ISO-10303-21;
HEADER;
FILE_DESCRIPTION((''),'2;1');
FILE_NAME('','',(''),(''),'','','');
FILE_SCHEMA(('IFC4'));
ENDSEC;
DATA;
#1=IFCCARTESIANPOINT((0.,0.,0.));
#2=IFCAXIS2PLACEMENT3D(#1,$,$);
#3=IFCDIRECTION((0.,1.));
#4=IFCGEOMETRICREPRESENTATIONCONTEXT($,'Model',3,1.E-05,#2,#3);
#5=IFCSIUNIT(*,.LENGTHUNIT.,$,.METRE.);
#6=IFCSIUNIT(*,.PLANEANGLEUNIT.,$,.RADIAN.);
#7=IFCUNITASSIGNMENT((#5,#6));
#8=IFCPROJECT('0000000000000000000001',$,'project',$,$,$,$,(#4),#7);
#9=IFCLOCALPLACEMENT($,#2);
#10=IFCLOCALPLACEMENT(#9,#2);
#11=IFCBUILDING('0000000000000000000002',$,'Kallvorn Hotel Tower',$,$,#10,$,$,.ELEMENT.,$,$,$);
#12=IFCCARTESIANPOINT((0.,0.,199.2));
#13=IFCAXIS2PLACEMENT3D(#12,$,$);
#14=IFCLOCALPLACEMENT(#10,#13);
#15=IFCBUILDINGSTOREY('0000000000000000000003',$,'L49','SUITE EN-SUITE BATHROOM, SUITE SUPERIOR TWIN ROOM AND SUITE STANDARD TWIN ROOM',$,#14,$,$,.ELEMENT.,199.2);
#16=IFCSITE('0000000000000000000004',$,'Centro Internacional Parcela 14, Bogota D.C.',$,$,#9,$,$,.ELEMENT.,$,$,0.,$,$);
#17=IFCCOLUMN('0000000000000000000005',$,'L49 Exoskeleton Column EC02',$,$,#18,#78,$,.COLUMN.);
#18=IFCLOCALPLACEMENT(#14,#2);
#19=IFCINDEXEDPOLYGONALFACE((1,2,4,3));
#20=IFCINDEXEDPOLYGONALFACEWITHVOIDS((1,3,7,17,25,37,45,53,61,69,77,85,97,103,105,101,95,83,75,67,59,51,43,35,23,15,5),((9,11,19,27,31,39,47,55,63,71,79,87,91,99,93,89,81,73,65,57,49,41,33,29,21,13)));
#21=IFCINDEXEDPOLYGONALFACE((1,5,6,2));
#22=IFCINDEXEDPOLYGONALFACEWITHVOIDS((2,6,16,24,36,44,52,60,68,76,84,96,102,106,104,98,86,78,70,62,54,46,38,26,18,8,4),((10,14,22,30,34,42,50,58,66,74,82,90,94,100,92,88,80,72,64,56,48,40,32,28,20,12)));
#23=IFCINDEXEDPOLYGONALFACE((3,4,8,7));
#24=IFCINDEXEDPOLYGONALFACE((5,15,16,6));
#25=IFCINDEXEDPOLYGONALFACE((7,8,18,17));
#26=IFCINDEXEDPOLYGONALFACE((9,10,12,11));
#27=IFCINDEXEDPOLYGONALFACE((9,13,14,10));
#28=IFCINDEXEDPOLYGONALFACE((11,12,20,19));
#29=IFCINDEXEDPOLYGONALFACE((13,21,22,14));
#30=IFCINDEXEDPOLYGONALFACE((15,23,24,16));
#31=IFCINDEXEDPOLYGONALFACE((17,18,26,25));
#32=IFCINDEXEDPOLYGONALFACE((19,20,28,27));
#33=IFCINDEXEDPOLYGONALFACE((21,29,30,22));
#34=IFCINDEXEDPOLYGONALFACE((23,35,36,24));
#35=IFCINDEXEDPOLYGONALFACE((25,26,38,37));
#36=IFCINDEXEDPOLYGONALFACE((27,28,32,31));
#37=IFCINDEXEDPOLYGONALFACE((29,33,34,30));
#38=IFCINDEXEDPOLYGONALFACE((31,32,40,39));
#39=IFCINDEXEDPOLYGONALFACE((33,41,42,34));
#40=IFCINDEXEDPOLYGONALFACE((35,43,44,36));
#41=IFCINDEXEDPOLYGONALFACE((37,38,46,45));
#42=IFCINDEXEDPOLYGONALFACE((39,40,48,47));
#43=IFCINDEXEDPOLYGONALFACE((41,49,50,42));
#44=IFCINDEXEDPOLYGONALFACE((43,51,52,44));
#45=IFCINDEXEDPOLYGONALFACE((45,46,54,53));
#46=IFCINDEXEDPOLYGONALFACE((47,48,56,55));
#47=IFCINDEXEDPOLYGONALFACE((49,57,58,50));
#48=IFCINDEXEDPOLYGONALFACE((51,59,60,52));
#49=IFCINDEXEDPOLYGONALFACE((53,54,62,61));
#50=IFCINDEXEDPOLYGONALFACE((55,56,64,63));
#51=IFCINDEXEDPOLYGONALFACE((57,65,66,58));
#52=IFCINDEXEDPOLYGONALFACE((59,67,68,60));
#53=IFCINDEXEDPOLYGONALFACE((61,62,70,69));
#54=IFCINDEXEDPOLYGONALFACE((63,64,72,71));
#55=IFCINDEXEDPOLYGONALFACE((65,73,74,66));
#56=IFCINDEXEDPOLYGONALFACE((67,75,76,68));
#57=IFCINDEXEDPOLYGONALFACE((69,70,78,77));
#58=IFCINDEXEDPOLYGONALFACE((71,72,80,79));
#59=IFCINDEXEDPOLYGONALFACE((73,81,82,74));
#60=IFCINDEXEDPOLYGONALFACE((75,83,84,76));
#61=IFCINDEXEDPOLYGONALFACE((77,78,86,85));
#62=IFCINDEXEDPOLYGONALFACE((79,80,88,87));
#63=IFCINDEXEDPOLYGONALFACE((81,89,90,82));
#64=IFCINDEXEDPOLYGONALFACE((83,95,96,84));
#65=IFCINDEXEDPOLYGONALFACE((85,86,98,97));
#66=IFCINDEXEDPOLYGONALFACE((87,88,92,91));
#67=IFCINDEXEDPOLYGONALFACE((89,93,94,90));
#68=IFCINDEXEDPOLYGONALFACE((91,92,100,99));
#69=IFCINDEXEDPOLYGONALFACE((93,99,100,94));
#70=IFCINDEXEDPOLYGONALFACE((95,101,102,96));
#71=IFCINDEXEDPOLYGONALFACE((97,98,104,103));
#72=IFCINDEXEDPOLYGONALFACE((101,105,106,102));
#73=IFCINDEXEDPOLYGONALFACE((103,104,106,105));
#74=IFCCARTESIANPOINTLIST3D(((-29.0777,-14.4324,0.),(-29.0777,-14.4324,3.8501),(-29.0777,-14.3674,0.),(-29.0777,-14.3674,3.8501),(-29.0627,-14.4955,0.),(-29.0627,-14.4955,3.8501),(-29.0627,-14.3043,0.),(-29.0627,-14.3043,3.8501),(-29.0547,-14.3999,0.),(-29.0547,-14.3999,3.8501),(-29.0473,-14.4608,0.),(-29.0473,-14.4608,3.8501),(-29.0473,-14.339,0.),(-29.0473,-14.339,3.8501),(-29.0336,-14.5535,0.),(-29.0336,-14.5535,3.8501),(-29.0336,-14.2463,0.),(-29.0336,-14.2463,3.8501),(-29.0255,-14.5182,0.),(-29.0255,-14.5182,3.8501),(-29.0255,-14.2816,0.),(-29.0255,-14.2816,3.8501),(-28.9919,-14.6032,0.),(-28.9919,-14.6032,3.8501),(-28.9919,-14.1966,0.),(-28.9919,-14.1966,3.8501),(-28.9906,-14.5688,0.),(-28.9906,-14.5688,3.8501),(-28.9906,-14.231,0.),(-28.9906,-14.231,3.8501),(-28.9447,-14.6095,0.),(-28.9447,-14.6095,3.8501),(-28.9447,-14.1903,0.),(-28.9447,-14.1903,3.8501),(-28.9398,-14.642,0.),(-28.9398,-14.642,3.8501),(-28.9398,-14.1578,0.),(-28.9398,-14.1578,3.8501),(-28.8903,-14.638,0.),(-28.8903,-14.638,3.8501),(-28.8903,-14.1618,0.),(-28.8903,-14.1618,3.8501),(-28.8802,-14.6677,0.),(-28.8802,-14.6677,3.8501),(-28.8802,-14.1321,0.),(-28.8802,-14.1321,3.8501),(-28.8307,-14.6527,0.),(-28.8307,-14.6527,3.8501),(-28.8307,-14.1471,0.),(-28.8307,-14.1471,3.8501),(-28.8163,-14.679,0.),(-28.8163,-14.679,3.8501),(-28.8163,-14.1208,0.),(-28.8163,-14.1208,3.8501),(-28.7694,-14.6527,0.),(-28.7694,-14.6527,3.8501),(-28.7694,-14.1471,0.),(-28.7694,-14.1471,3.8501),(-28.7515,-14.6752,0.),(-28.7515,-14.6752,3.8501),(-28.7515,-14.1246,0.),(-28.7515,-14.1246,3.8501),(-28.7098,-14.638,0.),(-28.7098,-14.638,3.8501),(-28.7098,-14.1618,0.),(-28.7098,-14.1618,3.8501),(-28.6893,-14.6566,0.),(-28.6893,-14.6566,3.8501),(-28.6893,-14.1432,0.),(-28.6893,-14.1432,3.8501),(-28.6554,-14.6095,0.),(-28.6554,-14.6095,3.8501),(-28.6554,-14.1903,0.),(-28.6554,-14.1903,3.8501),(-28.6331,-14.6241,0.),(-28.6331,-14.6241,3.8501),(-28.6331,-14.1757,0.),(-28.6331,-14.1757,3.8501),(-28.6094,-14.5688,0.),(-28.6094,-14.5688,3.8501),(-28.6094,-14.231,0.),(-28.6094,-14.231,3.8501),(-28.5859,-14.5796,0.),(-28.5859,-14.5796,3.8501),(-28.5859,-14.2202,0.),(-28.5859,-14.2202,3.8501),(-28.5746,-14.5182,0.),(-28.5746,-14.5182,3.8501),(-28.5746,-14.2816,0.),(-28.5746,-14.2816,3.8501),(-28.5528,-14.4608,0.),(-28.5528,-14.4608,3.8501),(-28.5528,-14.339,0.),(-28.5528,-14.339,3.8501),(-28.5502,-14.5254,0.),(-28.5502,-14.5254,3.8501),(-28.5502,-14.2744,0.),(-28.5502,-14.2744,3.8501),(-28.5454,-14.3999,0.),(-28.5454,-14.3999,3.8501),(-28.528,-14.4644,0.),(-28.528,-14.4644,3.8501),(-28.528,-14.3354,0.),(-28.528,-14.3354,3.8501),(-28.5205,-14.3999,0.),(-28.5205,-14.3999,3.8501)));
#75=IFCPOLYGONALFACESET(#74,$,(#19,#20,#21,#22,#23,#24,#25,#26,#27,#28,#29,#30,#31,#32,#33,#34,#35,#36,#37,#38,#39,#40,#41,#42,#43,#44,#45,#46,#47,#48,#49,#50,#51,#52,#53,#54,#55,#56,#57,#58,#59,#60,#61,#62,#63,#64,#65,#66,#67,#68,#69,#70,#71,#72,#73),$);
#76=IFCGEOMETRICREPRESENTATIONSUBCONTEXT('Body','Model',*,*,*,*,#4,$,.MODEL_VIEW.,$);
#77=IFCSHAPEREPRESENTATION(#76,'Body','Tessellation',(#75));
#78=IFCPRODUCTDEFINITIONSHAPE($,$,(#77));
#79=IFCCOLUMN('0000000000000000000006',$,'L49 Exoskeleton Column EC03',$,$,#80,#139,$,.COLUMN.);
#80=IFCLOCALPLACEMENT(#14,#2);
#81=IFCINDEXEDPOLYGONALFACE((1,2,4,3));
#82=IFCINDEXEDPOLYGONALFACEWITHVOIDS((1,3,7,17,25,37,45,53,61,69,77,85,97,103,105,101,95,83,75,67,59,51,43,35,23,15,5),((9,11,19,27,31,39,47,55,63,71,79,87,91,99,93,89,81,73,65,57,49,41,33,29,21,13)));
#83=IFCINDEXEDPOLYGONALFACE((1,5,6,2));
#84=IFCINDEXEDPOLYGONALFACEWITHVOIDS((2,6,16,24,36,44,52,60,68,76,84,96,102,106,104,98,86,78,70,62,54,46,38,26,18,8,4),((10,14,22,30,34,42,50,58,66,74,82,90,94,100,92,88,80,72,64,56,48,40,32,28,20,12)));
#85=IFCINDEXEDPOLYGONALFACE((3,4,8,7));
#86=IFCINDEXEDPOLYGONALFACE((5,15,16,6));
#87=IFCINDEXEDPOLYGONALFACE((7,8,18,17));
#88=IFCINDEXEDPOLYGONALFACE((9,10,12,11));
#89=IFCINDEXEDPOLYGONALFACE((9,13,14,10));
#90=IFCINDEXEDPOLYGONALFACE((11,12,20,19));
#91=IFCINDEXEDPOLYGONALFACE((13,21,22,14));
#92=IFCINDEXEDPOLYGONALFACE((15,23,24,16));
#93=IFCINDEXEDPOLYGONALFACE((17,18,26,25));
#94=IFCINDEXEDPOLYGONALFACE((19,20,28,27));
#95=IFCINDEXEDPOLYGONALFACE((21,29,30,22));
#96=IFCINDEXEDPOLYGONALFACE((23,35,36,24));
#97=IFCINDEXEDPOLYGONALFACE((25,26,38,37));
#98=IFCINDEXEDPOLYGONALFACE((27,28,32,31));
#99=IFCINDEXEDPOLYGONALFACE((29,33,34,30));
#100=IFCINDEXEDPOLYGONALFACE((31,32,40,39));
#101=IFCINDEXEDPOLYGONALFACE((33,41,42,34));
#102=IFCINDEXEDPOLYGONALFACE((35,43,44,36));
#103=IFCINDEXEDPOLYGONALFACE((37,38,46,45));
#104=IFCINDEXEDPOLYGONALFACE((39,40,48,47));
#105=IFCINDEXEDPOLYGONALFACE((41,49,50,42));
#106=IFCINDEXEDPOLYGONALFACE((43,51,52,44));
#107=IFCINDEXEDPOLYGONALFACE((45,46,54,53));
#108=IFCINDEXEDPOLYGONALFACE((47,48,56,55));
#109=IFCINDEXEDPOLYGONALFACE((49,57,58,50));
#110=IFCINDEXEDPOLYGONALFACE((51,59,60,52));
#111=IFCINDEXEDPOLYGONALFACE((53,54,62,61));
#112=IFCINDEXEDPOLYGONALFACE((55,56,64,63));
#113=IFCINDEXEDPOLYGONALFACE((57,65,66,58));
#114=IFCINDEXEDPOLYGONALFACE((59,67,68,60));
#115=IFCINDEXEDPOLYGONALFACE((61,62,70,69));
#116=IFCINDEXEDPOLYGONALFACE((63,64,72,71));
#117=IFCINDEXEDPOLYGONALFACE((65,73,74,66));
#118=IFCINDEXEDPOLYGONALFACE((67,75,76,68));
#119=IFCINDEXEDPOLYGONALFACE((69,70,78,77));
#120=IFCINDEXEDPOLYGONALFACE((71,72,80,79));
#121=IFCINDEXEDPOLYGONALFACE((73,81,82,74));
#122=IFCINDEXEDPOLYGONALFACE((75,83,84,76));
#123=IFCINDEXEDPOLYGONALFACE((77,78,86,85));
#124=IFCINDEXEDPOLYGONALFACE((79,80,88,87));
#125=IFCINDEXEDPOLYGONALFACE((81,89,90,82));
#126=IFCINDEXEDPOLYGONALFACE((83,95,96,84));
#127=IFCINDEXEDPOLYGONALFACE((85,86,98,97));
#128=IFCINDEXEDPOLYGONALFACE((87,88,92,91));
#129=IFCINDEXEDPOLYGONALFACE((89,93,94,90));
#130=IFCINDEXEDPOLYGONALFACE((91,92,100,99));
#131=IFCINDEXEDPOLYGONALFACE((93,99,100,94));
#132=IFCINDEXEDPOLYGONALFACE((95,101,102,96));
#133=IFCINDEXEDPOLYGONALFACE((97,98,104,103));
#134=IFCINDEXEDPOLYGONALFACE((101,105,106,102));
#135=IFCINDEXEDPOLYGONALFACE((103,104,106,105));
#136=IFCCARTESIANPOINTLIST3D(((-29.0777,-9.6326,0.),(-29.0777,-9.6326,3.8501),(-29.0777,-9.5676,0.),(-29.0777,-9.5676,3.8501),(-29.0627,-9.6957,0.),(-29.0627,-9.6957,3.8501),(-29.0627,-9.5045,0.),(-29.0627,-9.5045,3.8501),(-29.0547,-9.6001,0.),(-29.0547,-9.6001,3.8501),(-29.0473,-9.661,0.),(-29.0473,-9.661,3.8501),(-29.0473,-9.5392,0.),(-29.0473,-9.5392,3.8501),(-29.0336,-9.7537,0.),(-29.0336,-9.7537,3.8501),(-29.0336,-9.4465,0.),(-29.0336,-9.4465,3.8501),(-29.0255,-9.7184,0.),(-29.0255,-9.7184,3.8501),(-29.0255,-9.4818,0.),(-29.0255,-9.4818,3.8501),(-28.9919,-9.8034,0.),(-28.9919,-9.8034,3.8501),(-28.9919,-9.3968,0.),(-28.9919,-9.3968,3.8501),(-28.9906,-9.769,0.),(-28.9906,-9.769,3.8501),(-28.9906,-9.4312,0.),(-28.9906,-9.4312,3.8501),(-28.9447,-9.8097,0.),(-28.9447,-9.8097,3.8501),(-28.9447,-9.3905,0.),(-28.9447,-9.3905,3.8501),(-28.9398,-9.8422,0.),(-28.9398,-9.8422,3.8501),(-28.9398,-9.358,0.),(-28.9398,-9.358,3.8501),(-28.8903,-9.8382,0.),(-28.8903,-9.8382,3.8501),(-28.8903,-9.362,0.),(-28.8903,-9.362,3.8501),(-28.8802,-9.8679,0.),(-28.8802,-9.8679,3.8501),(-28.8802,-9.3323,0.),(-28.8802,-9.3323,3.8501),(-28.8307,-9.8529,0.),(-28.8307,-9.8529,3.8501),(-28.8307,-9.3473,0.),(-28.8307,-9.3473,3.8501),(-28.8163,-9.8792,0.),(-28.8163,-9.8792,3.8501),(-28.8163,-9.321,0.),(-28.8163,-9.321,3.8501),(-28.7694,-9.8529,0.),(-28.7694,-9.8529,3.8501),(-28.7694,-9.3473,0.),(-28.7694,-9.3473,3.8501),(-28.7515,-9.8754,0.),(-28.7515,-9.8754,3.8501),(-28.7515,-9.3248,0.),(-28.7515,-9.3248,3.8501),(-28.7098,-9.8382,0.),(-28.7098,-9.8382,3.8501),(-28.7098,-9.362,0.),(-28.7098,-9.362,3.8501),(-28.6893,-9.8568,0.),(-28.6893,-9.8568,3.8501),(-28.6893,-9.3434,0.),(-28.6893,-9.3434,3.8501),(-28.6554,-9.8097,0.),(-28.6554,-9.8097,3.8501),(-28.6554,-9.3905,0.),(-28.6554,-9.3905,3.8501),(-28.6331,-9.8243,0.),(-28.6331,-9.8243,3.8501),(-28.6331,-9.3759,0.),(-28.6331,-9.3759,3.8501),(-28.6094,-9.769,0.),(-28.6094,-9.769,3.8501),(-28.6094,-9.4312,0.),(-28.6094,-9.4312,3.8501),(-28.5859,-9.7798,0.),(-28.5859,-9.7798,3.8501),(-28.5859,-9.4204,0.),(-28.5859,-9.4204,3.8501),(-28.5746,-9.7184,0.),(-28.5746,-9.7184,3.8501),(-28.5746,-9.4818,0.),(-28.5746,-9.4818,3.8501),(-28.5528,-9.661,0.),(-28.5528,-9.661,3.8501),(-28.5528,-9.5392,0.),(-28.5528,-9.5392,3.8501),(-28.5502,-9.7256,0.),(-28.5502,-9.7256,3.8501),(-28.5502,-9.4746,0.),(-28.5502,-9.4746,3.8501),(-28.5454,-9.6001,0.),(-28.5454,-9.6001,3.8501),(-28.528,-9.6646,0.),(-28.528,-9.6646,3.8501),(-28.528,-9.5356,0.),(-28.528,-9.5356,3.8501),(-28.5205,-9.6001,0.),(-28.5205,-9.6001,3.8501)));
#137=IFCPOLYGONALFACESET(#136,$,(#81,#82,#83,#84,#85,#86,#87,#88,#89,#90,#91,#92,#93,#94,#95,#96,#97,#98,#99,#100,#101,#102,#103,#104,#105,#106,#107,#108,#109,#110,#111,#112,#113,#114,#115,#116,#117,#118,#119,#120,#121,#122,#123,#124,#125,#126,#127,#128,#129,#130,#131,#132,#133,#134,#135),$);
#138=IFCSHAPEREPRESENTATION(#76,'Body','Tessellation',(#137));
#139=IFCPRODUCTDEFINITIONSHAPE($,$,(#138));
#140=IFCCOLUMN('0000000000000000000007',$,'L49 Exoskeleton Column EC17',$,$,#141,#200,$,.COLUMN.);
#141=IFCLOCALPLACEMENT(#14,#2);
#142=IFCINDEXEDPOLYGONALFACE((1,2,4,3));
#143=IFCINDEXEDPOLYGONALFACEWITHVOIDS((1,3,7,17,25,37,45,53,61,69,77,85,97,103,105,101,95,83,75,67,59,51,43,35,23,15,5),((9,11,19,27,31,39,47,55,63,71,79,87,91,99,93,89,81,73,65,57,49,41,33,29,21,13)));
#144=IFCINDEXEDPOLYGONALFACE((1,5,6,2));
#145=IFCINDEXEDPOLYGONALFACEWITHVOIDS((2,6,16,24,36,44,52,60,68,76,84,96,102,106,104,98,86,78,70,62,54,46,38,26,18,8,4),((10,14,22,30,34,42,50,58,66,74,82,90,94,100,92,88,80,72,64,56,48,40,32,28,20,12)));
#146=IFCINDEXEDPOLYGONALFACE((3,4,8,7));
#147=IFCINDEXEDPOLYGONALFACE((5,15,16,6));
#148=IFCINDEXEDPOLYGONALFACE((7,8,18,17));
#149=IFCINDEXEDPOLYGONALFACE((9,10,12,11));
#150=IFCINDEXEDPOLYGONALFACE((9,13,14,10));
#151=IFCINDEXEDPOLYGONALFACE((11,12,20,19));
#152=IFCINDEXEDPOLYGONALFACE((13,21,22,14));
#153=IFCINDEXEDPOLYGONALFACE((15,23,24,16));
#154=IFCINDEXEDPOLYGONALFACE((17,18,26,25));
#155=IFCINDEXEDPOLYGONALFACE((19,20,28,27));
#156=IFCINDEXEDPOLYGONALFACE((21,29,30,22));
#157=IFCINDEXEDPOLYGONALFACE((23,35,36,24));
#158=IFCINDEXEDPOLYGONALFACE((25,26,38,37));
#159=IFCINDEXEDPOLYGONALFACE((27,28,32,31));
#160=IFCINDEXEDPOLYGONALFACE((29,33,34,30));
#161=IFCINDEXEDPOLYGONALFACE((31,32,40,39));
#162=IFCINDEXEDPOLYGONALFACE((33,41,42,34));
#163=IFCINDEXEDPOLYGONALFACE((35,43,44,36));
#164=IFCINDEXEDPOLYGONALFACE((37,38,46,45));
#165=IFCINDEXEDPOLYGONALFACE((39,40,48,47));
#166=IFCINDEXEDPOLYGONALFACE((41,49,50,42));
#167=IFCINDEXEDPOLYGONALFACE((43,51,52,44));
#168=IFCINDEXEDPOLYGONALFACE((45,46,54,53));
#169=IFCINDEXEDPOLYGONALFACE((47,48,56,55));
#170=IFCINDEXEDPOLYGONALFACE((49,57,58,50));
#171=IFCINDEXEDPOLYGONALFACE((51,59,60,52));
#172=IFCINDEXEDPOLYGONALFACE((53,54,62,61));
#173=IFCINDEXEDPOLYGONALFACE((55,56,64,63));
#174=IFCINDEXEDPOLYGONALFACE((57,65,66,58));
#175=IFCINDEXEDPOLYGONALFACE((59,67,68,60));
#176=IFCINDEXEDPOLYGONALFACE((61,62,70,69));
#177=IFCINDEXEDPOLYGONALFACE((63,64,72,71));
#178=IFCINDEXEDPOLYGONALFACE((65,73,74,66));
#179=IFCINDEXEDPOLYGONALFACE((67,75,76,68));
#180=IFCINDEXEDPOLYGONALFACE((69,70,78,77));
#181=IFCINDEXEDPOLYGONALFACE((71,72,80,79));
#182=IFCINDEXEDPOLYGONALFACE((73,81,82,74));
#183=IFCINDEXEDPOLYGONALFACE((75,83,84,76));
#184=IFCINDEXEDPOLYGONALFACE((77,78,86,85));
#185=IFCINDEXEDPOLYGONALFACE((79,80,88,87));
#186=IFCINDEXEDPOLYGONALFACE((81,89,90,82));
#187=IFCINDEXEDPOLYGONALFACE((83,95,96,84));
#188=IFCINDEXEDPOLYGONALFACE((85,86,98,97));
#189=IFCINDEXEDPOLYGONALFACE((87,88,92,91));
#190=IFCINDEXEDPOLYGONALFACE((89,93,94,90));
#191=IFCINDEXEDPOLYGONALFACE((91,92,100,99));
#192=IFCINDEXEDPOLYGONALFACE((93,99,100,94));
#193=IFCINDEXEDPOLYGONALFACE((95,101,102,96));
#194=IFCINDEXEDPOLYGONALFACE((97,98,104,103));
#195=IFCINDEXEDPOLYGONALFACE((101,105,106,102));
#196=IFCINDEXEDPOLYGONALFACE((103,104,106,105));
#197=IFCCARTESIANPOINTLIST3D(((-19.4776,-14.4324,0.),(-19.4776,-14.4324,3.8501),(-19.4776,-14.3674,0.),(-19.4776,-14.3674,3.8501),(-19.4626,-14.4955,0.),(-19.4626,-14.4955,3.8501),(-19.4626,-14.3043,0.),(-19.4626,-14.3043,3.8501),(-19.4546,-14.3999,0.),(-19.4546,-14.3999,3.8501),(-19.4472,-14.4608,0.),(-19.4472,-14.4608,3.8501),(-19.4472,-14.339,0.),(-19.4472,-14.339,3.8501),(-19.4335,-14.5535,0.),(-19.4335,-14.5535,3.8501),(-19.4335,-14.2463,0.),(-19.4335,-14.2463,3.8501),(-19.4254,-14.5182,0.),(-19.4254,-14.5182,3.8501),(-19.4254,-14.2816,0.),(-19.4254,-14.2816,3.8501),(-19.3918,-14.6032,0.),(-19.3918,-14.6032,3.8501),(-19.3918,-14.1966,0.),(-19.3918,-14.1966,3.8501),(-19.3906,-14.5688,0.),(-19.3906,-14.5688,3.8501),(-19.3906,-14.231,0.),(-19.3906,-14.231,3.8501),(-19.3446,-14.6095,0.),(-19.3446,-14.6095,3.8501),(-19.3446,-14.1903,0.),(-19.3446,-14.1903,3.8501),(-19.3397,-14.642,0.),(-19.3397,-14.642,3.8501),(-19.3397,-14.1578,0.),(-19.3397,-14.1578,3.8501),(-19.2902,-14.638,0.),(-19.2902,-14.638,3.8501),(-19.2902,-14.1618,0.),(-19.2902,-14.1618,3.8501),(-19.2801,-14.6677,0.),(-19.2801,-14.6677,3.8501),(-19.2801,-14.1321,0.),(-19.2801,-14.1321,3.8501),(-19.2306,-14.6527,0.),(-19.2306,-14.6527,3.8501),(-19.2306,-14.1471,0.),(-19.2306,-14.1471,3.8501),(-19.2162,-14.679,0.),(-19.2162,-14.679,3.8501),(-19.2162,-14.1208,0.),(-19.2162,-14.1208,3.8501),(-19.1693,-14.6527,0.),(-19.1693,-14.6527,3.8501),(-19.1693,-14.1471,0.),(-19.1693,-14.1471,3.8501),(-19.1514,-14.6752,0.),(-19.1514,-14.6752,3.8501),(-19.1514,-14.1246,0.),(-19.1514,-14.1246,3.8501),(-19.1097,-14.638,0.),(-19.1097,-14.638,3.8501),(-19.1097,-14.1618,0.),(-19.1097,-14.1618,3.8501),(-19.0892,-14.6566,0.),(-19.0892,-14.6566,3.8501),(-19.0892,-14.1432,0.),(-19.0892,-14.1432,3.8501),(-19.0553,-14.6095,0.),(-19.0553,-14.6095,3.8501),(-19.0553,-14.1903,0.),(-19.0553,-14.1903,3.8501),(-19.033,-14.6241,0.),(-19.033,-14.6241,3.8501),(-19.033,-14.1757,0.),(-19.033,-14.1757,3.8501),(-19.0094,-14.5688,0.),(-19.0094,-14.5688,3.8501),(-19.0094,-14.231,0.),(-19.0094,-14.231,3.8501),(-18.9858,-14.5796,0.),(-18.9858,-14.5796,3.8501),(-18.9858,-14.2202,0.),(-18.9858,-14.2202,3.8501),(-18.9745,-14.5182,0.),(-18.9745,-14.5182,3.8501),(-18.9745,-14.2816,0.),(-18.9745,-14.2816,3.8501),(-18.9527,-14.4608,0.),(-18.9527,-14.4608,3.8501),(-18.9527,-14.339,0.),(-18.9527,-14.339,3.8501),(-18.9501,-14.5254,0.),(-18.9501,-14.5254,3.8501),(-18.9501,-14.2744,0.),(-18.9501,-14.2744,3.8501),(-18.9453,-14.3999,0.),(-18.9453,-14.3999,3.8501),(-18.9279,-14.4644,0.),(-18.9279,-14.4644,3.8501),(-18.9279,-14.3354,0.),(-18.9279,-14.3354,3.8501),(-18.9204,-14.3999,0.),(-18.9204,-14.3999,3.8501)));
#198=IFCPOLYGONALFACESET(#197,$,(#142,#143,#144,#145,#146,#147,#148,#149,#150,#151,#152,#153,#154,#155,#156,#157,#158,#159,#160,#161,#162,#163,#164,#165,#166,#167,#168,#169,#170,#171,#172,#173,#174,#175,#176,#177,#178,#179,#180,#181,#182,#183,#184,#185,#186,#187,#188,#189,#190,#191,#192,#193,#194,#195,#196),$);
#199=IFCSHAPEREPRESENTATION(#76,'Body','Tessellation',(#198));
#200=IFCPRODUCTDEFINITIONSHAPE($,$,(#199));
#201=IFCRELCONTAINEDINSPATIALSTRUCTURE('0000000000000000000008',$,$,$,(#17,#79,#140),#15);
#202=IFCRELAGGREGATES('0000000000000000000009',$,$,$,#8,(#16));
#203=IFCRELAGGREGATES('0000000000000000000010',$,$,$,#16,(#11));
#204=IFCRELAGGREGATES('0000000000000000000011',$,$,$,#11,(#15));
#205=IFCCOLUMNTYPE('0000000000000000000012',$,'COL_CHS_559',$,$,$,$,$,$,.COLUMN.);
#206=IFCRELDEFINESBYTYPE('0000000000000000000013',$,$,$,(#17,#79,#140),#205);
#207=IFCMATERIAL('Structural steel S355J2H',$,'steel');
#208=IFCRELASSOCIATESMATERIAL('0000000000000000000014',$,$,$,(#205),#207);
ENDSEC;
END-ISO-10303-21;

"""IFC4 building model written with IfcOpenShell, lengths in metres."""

from ifc_helpers import new_model, si_unit, direction, frame, origin, origin_2d, place, context, subcontext, project, spatial, hollow_circle, extrude, material, material_profile, profile_set, type_object, element, save


model = new_model("IFC4")

# Units and contexts
model_context = context("Model", 3, precision=1e-05, world=origin(), true_north=direction((0.0, 1.0)))
body_context = subcontext(model_context, "Body", "Model", "MODEL_VIEW")
ifc_project = project(units=[si_unit("LENGTHUNIT", "METRE"), si_unit("PLANEANGLEUNIT", "RADIAN")], contexts=[model_context])

# Site, building, storey
site_placement = place(None, origin())
site = spatial("IfcSite", under=ifc_project, at=site_placement, Name="Centro Internacional Parcela 14, Bogota D.C.", CompositionType="ELEMENT", RefElevation=0.0)
building_placement = place(site_placement, origin())
building = spatial("IfcBuilding", under=site, at=building_placement, Name="Kallvorn Hotel Tower", CompositionType="ELEMENT")
storey_placement = place(building_placement, frame((0.0, 0.0, 199.2)))
storey = spatial("IfcBuildingStorey", under=building, at=storey_placement, Name="L49", Description="SUITE EN-SUITE BATHROOM, SUITE SUPERIOR TWIN ROOM AND SUITE STANDARD TWIN ROOM", CompositionType="ELEMENT", Elevation=199.2)

# Columns
ifc_material_1 = material(Name="Structural steel S355J2H", Category="steel")
ifc_material_profile_1 = material_profile(ifc_material_1, hollow_circle(Radius=0.2795, WallThickness=0.0249, at=origin_2d()), Name="CHS 559x25")
ifc_profile_set_1 = profile_set([ifc_material_profile_1], Name="Structural steel S355J2H")
column_type_1 = type_object("IfcColumnType", Name="COL_CHS_559", PredefinedType="COLUMN", material=ifc_profile_set_1)
for number, where, z_axis, x_axis, name in (
    (1, (-28.8, -14.3999, 0.0), (0.0, 0.0, 1.0), (1.0, 0.0, 0.0), "L49 Exoskeleton Column EC02"),
    (2, (-28.8, -9.6001, 0.0), (0.0, 0.0, 1.0), (1.0, 0.0, 0.0), "L49 Exoskeleton Column EC03"),
    (3, (-19.2, -14.3999, 0.0), (0.0, 0.0, 1.0), (1.0, 0.0, 0.0), "L49 Exoskeleton Column EC17"),
):
    element("IfcColumn", number, at=place(storey_placement, frame(where, z_axis=z_axis, x_axis=x_axis)), inside=storey, type_object=column_type_1, Name=name, PredefinedType="COLUMN", context=body_context, shape_type="SweptSolid", body=[
        extrude(hollow_circle(Radius=0.2795, WallThickness=0.0249, at=origin_2d()), origin(), (0.0, 0.0, 1.0), 3.8501),
    ])

save(model, "model.ifc")
